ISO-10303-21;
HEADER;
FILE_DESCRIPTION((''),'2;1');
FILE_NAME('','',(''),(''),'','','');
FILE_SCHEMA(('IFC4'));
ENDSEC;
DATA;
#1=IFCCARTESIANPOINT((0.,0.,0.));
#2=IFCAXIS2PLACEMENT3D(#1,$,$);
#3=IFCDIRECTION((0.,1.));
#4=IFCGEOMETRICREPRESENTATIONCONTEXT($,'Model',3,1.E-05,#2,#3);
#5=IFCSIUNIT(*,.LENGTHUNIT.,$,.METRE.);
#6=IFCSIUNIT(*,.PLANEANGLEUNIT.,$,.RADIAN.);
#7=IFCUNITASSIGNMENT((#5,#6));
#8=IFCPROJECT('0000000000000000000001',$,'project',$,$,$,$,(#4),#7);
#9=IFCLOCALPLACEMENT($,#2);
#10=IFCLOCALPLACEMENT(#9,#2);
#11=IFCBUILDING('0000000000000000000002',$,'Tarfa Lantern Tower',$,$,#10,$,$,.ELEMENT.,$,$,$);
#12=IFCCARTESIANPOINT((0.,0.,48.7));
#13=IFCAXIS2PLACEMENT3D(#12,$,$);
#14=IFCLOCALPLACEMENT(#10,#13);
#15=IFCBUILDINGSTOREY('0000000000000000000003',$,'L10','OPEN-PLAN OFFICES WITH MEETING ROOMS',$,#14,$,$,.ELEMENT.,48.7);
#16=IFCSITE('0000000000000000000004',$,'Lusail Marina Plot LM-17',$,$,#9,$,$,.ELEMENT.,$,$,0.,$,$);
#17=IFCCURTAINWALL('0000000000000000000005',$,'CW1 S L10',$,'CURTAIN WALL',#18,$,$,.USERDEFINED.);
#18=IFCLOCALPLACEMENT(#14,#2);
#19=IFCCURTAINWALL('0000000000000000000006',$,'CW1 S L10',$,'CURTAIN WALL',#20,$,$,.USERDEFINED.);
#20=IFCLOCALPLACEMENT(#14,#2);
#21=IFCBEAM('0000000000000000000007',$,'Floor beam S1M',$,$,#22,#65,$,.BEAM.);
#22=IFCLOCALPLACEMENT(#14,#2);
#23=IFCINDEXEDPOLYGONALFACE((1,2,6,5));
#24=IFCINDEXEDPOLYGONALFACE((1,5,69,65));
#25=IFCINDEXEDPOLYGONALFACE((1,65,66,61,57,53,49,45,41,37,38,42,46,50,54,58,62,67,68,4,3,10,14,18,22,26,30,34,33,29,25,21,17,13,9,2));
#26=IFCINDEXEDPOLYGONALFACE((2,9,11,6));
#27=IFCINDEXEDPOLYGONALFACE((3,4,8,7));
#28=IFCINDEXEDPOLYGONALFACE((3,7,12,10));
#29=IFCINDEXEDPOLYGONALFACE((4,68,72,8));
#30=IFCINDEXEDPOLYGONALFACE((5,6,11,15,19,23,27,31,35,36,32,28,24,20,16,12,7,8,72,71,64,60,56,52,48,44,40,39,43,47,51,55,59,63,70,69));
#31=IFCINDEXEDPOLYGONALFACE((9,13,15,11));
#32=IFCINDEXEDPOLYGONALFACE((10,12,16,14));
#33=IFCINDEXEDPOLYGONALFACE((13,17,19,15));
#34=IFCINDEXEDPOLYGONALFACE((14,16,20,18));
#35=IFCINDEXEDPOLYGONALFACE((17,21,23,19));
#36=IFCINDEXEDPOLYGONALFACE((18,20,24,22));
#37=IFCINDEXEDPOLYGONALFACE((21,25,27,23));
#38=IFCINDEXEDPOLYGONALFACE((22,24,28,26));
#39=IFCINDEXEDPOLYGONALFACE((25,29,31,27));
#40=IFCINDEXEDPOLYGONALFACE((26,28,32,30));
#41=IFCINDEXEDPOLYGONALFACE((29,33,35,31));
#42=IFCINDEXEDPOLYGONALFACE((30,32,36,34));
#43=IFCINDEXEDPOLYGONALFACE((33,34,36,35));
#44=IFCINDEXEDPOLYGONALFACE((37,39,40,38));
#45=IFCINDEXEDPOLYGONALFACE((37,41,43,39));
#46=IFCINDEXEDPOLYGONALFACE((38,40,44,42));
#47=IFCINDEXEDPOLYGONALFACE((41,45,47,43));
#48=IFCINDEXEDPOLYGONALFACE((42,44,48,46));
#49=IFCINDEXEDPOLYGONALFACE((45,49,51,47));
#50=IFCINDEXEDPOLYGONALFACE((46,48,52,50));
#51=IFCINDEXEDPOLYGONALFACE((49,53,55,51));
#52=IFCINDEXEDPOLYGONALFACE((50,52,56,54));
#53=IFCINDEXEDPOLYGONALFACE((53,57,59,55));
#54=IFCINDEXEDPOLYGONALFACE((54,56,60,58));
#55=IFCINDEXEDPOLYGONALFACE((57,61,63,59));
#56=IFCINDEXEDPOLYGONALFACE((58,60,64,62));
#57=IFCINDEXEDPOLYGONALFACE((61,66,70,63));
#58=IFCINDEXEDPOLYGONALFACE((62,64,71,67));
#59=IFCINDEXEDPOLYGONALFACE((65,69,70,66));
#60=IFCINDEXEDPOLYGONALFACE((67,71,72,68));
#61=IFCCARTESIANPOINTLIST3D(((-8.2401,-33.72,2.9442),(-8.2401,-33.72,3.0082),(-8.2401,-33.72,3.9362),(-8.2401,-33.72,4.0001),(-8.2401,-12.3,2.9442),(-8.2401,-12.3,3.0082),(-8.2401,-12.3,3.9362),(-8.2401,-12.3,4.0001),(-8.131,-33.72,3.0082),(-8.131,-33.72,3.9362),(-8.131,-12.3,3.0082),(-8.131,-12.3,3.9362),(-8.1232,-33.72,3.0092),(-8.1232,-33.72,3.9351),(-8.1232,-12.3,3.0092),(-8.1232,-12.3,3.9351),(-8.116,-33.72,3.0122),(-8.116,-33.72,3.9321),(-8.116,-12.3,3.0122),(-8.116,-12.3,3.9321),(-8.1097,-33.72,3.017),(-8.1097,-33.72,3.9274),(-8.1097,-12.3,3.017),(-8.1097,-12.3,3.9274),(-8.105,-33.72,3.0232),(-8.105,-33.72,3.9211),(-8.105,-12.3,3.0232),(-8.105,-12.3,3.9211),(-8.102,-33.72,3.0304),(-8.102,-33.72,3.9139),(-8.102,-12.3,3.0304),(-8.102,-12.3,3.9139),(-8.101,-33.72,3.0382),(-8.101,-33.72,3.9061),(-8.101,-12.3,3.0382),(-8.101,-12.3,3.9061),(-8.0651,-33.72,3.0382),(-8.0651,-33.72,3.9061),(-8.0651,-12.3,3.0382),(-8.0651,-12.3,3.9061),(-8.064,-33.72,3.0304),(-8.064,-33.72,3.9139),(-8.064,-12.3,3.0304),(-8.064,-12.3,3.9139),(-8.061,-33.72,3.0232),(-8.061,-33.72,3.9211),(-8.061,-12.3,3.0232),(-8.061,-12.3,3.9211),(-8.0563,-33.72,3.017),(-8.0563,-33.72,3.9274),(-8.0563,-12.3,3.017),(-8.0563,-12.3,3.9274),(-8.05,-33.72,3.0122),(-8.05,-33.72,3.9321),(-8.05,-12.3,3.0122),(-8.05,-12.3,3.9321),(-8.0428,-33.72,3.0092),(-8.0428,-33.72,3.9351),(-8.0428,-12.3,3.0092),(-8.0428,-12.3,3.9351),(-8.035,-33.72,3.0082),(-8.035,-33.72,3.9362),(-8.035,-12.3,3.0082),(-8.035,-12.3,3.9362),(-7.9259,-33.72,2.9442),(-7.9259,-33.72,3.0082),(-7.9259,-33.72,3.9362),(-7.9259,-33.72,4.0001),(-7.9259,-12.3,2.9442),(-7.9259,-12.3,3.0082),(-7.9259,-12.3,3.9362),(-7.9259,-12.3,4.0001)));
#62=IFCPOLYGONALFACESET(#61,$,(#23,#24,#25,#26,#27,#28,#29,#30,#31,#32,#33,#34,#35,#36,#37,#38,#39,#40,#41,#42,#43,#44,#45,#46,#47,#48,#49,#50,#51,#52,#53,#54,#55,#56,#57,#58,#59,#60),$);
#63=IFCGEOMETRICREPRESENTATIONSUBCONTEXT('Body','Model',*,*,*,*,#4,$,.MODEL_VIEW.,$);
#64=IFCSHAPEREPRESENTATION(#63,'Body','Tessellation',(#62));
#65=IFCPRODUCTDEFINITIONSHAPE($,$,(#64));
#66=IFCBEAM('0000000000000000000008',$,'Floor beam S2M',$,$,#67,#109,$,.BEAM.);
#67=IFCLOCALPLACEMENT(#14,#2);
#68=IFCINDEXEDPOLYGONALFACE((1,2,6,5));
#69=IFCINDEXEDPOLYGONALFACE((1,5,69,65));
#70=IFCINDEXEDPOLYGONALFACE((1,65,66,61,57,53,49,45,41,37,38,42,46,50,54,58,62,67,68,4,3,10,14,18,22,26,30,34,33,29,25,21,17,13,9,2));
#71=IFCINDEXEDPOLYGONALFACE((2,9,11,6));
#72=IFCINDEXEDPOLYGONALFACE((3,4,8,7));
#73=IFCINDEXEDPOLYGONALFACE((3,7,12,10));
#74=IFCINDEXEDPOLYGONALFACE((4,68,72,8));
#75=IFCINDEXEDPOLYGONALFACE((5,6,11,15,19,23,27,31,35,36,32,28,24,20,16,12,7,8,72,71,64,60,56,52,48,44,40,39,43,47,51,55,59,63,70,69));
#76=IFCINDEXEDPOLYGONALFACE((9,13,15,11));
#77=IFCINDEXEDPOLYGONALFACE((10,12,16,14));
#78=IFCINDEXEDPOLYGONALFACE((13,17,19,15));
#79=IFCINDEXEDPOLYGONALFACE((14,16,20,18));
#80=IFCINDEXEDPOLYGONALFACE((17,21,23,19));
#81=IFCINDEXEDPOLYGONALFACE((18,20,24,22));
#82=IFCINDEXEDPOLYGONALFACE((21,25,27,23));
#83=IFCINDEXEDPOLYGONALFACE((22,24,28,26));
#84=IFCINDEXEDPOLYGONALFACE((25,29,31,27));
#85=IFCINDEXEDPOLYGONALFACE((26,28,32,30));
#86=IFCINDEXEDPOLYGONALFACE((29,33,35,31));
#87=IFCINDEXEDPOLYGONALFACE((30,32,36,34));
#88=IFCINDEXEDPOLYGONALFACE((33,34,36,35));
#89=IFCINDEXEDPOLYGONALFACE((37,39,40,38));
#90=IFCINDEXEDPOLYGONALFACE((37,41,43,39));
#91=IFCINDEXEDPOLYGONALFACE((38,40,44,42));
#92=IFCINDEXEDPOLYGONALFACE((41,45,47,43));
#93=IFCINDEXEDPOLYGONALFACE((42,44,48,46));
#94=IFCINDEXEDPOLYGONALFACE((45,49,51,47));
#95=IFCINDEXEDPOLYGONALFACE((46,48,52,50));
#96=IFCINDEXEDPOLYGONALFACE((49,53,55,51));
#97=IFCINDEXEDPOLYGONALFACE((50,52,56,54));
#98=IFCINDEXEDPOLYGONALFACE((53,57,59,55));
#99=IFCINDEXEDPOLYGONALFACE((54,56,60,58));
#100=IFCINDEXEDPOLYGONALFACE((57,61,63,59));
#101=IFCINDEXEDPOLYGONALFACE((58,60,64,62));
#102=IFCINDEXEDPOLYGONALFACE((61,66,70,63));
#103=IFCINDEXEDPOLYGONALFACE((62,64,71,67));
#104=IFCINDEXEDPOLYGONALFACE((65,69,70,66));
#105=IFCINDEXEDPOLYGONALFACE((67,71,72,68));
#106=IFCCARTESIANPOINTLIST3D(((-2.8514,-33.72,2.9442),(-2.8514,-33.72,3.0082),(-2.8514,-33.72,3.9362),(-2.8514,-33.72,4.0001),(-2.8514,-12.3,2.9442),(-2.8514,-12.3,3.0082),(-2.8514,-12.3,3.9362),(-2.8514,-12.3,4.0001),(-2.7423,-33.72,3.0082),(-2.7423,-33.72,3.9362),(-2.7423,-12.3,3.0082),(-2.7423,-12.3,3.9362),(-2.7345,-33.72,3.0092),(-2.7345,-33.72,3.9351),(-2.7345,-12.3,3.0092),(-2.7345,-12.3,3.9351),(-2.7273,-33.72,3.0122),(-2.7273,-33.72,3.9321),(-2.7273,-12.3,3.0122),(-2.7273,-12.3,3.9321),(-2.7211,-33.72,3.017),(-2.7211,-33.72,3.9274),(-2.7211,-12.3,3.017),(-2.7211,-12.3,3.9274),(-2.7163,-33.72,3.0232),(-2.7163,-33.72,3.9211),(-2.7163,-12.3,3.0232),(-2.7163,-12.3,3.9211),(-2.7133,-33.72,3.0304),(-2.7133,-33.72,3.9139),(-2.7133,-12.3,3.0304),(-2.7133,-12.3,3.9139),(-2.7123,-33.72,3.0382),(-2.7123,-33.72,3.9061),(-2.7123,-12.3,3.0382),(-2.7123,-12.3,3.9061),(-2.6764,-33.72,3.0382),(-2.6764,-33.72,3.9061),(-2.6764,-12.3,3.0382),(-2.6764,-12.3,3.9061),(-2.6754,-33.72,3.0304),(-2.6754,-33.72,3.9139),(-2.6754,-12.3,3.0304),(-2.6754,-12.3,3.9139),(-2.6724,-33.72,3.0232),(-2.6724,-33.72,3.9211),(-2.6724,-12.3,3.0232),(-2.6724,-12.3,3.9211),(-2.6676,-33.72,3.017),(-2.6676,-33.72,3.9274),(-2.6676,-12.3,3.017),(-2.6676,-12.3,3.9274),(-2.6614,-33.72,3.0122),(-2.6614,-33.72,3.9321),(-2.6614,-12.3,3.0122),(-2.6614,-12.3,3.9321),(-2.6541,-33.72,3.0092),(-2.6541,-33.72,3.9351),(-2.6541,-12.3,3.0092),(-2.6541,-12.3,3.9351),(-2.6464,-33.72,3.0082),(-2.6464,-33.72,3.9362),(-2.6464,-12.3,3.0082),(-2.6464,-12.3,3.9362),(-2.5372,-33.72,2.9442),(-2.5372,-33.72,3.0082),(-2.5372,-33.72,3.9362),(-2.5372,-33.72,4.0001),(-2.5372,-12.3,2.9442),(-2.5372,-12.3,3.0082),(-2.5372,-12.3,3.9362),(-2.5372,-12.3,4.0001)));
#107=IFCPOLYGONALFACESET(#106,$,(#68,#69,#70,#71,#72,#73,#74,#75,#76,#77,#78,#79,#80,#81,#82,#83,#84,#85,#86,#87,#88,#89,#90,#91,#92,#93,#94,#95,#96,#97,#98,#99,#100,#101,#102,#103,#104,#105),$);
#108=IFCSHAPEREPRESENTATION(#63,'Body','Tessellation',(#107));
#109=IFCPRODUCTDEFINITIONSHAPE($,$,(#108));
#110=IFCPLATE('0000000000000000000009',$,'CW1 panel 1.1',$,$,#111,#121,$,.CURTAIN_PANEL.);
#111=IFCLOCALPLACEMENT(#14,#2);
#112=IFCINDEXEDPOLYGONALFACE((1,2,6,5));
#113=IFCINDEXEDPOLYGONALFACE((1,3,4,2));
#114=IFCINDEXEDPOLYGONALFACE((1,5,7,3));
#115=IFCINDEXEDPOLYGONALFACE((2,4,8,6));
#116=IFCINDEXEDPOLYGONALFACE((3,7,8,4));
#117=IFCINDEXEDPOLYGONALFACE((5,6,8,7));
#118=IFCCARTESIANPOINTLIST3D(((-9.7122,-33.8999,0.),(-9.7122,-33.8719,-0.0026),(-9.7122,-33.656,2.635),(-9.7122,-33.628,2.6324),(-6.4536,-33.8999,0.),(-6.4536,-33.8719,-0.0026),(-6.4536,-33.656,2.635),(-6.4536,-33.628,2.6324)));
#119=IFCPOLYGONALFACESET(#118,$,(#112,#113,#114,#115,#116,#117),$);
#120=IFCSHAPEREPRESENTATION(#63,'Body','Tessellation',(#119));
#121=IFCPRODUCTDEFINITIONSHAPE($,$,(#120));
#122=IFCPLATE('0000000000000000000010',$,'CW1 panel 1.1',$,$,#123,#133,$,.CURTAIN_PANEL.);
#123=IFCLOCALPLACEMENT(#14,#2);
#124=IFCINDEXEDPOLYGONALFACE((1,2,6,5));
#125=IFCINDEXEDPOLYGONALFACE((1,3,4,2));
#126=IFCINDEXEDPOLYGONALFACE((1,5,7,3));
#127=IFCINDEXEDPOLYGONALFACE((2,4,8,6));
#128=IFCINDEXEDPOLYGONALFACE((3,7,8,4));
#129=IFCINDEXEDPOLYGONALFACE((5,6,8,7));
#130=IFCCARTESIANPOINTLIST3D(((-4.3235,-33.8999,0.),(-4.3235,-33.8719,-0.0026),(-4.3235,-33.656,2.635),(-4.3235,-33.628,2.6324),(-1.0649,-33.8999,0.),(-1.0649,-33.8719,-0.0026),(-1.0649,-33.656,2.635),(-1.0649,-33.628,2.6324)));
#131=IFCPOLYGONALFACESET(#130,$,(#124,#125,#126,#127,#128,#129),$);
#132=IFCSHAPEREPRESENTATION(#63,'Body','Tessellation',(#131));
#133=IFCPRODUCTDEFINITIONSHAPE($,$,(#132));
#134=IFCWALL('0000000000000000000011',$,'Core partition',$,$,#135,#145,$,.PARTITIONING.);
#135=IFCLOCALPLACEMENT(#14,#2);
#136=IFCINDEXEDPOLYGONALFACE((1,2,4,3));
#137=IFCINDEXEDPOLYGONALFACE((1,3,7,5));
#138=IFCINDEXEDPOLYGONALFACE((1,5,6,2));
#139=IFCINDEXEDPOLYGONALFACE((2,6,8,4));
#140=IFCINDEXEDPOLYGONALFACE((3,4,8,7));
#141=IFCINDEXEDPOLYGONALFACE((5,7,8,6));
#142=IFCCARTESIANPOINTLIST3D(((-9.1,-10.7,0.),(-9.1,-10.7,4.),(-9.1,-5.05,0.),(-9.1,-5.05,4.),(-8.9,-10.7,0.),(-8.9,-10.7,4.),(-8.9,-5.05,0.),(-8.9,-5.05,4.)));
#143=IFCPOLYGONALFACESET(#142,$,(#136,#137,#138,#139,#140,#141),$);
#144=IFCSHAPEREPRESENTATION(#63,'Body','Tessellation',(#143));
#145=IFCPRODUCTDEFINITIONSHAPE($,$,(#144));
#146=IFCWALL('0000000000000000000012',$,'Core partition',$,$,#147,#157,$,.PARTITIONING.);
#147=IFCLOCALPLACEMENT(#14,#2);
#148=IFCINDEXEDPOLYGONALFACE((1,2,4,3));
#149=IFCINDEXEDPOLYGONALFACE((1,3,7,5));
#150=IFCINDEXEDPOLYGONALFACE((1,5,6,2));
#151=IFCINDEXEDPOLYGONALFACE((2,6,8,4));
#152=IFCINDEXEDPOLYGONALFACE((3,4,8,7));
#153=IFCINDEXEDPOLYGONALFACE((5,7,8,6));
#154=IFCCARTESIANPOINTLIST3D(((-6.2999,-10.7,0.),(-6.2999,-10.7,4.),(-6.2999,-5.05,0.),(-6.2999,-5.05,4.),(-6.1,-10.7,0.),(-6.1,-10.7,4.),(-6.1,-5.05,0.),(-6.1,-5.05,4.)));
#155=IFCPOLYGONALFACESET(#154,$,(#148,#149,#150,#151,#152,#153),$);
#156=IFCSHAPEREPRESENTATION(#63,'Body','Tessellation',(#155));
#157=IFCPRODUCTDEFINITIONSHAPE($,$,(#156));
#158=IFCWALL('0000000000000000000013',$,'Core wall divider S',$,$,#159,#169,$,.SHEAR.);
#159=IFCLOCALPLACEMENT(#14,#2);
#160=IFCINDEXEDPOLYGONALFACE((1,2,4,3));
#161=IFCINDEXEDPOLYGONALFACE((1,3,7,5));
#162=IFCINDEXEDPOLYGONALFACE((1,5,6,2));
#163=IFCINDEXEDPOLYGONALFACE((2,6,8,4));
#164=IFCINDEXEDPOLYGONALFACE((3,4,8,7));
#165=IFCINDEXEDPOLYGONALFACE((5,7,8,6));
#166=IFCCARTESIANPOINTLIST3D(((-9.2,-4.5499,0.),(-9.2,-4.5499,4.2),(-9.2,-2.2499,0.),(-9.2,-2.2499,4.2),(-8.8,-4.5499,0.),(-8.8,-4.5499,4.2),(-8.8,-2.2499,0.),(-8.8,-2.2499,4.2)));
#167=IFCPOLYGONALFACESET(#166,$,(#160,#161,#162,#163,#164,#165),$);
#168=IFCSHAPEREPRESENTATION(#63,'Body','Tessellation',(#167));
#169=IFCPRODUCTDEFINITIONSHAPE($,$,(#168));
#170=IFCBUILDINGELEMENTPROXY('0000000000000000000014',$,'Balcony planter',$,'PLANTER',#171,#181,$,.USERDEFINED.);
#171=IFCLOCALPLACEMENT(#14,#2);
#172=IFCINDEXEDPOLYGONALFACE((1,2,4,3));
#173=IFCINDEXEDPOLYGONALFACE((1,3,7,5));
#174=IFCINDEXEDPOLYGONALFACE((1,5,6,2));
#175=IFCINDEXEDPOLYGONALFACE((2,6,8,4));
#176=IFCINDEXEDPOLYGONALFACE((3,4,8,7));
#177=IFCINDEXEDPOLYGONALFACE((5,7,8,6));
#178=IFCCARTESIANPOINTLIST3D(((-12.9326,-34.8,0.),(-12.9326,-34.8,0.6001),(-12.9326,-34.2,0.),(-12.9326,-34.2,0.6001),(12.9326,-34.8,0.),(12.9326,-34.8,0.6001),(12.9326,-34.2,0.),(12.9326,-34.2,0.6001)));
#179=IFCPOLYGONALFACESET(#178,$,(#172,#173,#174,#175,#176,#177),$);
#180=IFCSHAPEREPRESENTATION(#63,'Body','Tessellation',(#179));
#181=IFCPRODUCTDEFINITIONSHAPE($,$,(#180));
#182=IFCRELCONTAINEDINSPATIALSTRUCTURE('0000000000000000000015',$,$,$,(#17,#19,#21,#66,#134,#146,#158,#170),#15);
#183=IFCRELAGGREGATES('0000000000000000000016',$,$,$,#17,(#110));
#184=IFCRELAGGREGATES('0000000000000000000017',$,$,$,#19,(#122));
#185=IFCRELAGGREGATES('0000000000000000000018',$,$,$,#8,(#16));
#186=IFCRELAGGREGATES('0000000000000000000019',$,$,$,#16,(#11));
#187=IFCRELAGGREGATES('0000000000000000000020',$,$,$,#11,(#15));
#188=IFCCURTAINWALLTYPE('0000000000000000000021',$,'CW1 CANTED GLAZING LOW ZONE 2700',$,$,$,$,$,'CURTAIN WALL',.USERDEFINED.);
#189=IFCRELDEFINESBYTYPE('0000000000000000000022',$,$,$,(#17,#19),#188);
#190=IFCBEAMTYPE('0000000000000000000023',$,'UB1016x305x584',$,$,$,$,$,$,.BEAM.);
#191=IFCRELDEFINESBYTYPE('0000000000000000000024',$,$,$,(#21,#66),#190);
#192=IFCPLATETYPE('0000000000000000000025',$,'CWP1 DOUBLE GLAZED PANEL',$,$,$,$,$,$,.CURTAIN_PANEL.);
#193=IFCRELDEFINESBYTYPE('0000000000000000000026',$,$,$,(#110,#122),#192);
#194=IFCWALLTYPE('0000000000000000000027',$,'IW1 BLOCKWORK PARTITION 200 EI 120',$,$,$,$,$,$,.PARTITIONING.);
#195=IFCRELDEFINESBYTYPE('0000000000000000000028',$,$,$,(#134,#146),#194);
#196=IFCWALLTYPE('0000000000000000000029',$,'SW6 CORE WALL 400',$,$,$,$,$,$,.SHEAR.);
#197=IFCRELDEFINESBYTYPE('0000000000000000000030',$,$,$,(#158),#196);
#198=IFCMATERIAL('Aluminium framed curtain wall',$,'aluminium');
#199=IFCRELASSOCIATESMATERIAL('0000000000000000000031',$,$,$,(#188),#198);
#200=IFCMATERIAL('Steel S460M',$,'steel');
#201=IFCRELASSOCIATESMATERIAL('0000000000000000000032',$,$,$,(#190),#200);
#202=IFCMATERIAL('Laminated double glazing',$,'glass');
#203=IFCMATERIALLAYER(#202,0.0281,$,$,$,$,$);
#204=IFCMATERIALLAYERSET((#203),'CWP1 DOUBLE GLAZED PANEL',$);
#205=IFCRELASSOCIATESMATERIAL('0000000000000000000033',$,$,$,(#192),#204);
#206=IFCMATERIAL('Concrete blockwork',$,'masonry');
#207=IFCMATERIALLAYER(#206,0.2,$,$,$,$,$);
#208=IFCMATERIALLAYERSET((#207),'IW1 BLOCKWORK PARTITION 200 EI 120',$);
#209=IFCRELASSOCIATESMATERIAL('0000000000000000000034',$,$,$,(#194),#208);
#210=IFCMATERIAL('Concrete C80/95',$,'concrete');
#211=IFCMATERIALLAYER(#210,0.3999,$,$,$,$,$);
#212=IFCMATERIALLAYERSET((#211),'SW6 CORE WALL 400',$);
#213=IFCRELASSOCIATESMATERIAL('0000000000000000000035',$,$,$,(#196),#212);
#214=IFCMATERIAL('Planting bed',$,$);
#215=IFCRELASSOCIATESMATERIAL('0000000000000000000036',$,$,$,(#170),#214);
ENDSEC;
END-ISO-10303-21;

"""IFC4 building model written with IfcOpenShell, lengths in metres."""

from ifc_helpers import new_model, si_unit, direction, frame, frame_2d, origin, origin_2d, place, context, subcontext, project, spatial, polyline, rectangle, i_section, outline, extrude, material, layer, layer_set, material_profile, profile_set, type_object, element, aggregate, save


model = new_model("IFC4")

# Units and contexts
model_context = context("Model", 3, precision=1e-05, world=origin(), true_north=direction((0.0, 1.0)))
body_context = subcontext(model_context, "Body", "Model", "MODEL_VIEW")
ifc_project = project(units=[si_unit("LENGTHUNIT", "METRE"), si_unit("PLANEANGLEUNIT", "RADIAN")], contexts=[model_context])

# Site, building, storey
site_placement = place(None, origin())
site = spatial("IfcSite", under=ifc_project, at=site_placement, Name="Lusail Marina Plot LM-17", CompositionType="ELEMENT", RefElevation=0.0)
building_placement = place(site_placement, origin())
building = spatial("IfcBuilding", under=site, at=building_placement, Name="Tarfa Lantern Tower", CompositionType="ELEMENT")
storey_placement = place(building_placement, frame((0.0, 0.0, 48.7)))
storey = spatial("IfcBuildingStorey", under=building, at=storey_placement, Name="L10", Description="OPEN-PLAN OFFICES WITH MEETING ROOMS", CompositionType="ELEMENT", Elevation=48.7)

# Shared definitions
ifc_material_1 = material(Name="Concrete C80/95", Category="concrete")

# Curtain walls
ifc_material_2 = material(Name="Aluminium framed curtain wall", Category="aluminium")
curtain_wall_type = type_object("IfcCurtainWallType", Name="CW1 CANTED GLAZING LOW ZONE 2700", ElementType="CURTAIN WALL", PredefinedType="USERDEFINED", material=ifc_material_2)
curtain_wall_1_placement = place(storey_placement, origin())
curtain_wall_1 = element("IfcCurtainWall", 1, at=curtain_wall_1_placement, inside=storey, type_object=curtain_wall_type, Name="CW1 S L10", ObjectType="CURTAIN WALL", PredefinedType="USERDEFINED")
curtain_wall_2_placement = place(storey_placement, origin())
curtain_wall_2 = element("IfcCurtainWall", 2, at=curtain_wall_2_placement, inside=storey, type_object=curtain_wall_type, Name="CW1 S L10", ObjectType="CURTAIN WALL", PredefinedType="USERDEFINED")

# Beams
ifc_material_3 = material(Name="Steel S460M", Category="steel")
ifc_material_profile_1 = material_profile(ifc_material_3, i_section(OverallWidth=0.3142, OverallDepth=1.0559, WebThickness=0.0359, FlangeThickness=0.064, FilletRadius=0.03, at=origin_2d()), Name="UB1016x305x584")
ifc_profile_set_1 = profile_set([ifc_material_profile_1], Name="Steel S460M")
beam_type_1 = type_object("IfcBeamType", Name="UB1016x305x584", PredefinedType="BEAM", material=ifc_profile_set_1)
for number, where, z_axis, x_axis, name in (
    (3, (-8.083, -33.72, 3.4722), (0.0, 1.0, 0.0), (-1.0, 0.0, 0.0), "Floor beam S1M"),
    (4, (-2.6943, -33.72, 3.4722), (0.0, 1.0, 0.0), (-1.0, 0.0, 0.0), "Floor beam S2M"),
):
    element("IfcBeam", number, at=place(storey_placement, frame(where, z_axis=z_axis, x_axis=x_axis)), inside=storey, type_object=beam_type_1, Name=name, PredefinedType="BEAM", context=body_context, shape_type="SweptSolid", body=[
        extrude(i_section(OverallWidth=0.3142, OverallDepth=1.0559, WebThickness=0.0359, FlangeThickness=0.064, FilletRadius=0.03, at=origin_2d()), origin(), (0.0, 0.0, 1.0), 21.4199),
    ])

# Plates
ifc_material_4 = material(Name="Laminated double glazing", Category="glass")
ifc_layer_1 = layer(ifc_material_4, 0.0281)
ifc_layer_set_1 = layer_set([ifc_layer_1], Name="CWP1 DOUBLE GLAZED PANEL")
plate_type = type_object("IfcPlateType", Name="CWP1 DOUBLE GLAZED PANEL", PredefinedType="CURTAIN_PANEL", material=ifc_layer_set_1)
plate_1_placement = place(storey_placement, frame((-9.7122, -33.8999, 0.0), z_axis=(0.0, -0.995744, 0.092166), x_axis=(1.0, 0.0, 0.0)))
plate_1 = element("IfcPlate", 5, at=plate_1_placement, type_object=plate_type, Name="CW1 panel 1.1", PredefinedType="CURTAIN_PANEL", context=body_context, shape_type="SweptSolid", body=[
    extrude(outline(polyline([(0.0, 0.0), (3.2585, 0.0), (3.2585, 2.6463), (0.0, 2.6463), (0.0, 0.0)])), origin(), (0.0, 0.0, -1.0), 0.0281),
])
aggregate(curtain_wall_1, [plate_1])
plate_2_placement = place(storey_placement, frame((-4.3235, -33.8999, 0.0), z_axis=(0.0, -0.995744, 0.092166), x_axis=(1.0, 0.0, 0.0)))
plate_2 = element("IfcPlate", 6, at=plate_2_placement, type_object=plate_type, Name="CW1 panel 1.1", PredefinedType="CURTAIN_PANEL", context=body_context, shape_type="SweptSolid", body=[
    extrude(outline(polyline([(0.0, 0.0), (3.2585, 0.0), (3.2585, 2.6463), (0.0, 2.6463), (0.0, 0.0)])), origin(), (0.0, 0.0, -1.0), 0.0281),
])
aggregate(curtain_wall_2, [plate_2])

# Walls
ifc_material_5 = material(Name="Concrete blockwork", Category="masonry")
ifc_layer_2 = layer(ifc_material_5, 0.2)
ifc_layer_set_2 = layer_set([ifc_layer_2], Name="IW1 BLOCKWORK PARTITION 200 EI 120")
wall_type_1 = type_object("IfcWallType", Name="IW1 BLOCKWORK PARTITION 200 EI 120", PredefinedType="PARTITIONING", material=ifc_layer_set_2)
for number, where, z_axis, x_axis, name in (
    (7, (-9.0, -5.05, 0.0), (0.0, 0.0, 1.0), (0.0, -1.0, 0.0), "Core partition"),
    (8, (-6.2, -5.05, 0.0), (0.0, 0.0, 1.0), (0.0, -1.0, 0.0), "Core partition"),
):
    element("IfcWall", number, at=place(storey_placement, frame(where, z_axis=z_axis, x_axis=x_axis)), inside=storey, type_object=wall_type_1, Name=name, PredefinedType="PARTITIONING", context=body_context, shape_type="SweptSolid", body=[
        extrude(rectangle(XDim=5.6499, YDim=0.2, at=frame_2d((2.825, 0.0))), origin(), (0.0, 0.0, 1.0), 4.0),
    ])
ifc_layer_3 = layer(ifc_material_1, 0.3999)
ifc_layer_set_3 = layer_set([ifc_layer_3], Name="SW6 CORE WALL 400")
wall_type_2 = type_object("IfcWallType", Name="SW6 CORE WALL 400", PredefinedType="SHEAR", material=ifc_layer_set_3)
wall_placement = place(storey_placement, frame((-9.0, -2.25, 0.0), z_axis=(0.0, 0.0, 1.0), x_axis=(0.0, -1.0, 0.0)))
element("IfcWall", 9, at=wall_placement, inside=storey, type_object=wall_type_2, Name="Core wall divider S", PredefinedType="SHEAR", context=body_context, shape_type="SweptSolid", body=[
    extrude(rectangle(XDim=2.3, YDim=0.3999, at=frame_2d((1.1499, 0.0))), origin(), (0.0, 0.0, 1.0), 4.2),
])

# Building element proxy
ifc_material_6 = material(Name="Planting bed")
proxy_placement = place(storey_placement, frame((0.0, -34.5, 0.0), z_axis=(0.0, 0.0, 1.0), x_axis=(1.0, 0.0, 0.0)))
element("IfcBuildingElementProxy", 10, at=proxy_placement, inside=storey, material=ifc_material_6, Name="Balcony planter", ObjectType="PLANTER", PredefinedType="USERDEFINED", context=body_context, shape_type="SweptSolid", body=[
    extrude(rectangle(XDim=25.8652, YDim=0.6001, at=origin_2d()), origin(), (0.0, 0.0, 1.0), 0.6001),
])

save(model, "model.ifc")
